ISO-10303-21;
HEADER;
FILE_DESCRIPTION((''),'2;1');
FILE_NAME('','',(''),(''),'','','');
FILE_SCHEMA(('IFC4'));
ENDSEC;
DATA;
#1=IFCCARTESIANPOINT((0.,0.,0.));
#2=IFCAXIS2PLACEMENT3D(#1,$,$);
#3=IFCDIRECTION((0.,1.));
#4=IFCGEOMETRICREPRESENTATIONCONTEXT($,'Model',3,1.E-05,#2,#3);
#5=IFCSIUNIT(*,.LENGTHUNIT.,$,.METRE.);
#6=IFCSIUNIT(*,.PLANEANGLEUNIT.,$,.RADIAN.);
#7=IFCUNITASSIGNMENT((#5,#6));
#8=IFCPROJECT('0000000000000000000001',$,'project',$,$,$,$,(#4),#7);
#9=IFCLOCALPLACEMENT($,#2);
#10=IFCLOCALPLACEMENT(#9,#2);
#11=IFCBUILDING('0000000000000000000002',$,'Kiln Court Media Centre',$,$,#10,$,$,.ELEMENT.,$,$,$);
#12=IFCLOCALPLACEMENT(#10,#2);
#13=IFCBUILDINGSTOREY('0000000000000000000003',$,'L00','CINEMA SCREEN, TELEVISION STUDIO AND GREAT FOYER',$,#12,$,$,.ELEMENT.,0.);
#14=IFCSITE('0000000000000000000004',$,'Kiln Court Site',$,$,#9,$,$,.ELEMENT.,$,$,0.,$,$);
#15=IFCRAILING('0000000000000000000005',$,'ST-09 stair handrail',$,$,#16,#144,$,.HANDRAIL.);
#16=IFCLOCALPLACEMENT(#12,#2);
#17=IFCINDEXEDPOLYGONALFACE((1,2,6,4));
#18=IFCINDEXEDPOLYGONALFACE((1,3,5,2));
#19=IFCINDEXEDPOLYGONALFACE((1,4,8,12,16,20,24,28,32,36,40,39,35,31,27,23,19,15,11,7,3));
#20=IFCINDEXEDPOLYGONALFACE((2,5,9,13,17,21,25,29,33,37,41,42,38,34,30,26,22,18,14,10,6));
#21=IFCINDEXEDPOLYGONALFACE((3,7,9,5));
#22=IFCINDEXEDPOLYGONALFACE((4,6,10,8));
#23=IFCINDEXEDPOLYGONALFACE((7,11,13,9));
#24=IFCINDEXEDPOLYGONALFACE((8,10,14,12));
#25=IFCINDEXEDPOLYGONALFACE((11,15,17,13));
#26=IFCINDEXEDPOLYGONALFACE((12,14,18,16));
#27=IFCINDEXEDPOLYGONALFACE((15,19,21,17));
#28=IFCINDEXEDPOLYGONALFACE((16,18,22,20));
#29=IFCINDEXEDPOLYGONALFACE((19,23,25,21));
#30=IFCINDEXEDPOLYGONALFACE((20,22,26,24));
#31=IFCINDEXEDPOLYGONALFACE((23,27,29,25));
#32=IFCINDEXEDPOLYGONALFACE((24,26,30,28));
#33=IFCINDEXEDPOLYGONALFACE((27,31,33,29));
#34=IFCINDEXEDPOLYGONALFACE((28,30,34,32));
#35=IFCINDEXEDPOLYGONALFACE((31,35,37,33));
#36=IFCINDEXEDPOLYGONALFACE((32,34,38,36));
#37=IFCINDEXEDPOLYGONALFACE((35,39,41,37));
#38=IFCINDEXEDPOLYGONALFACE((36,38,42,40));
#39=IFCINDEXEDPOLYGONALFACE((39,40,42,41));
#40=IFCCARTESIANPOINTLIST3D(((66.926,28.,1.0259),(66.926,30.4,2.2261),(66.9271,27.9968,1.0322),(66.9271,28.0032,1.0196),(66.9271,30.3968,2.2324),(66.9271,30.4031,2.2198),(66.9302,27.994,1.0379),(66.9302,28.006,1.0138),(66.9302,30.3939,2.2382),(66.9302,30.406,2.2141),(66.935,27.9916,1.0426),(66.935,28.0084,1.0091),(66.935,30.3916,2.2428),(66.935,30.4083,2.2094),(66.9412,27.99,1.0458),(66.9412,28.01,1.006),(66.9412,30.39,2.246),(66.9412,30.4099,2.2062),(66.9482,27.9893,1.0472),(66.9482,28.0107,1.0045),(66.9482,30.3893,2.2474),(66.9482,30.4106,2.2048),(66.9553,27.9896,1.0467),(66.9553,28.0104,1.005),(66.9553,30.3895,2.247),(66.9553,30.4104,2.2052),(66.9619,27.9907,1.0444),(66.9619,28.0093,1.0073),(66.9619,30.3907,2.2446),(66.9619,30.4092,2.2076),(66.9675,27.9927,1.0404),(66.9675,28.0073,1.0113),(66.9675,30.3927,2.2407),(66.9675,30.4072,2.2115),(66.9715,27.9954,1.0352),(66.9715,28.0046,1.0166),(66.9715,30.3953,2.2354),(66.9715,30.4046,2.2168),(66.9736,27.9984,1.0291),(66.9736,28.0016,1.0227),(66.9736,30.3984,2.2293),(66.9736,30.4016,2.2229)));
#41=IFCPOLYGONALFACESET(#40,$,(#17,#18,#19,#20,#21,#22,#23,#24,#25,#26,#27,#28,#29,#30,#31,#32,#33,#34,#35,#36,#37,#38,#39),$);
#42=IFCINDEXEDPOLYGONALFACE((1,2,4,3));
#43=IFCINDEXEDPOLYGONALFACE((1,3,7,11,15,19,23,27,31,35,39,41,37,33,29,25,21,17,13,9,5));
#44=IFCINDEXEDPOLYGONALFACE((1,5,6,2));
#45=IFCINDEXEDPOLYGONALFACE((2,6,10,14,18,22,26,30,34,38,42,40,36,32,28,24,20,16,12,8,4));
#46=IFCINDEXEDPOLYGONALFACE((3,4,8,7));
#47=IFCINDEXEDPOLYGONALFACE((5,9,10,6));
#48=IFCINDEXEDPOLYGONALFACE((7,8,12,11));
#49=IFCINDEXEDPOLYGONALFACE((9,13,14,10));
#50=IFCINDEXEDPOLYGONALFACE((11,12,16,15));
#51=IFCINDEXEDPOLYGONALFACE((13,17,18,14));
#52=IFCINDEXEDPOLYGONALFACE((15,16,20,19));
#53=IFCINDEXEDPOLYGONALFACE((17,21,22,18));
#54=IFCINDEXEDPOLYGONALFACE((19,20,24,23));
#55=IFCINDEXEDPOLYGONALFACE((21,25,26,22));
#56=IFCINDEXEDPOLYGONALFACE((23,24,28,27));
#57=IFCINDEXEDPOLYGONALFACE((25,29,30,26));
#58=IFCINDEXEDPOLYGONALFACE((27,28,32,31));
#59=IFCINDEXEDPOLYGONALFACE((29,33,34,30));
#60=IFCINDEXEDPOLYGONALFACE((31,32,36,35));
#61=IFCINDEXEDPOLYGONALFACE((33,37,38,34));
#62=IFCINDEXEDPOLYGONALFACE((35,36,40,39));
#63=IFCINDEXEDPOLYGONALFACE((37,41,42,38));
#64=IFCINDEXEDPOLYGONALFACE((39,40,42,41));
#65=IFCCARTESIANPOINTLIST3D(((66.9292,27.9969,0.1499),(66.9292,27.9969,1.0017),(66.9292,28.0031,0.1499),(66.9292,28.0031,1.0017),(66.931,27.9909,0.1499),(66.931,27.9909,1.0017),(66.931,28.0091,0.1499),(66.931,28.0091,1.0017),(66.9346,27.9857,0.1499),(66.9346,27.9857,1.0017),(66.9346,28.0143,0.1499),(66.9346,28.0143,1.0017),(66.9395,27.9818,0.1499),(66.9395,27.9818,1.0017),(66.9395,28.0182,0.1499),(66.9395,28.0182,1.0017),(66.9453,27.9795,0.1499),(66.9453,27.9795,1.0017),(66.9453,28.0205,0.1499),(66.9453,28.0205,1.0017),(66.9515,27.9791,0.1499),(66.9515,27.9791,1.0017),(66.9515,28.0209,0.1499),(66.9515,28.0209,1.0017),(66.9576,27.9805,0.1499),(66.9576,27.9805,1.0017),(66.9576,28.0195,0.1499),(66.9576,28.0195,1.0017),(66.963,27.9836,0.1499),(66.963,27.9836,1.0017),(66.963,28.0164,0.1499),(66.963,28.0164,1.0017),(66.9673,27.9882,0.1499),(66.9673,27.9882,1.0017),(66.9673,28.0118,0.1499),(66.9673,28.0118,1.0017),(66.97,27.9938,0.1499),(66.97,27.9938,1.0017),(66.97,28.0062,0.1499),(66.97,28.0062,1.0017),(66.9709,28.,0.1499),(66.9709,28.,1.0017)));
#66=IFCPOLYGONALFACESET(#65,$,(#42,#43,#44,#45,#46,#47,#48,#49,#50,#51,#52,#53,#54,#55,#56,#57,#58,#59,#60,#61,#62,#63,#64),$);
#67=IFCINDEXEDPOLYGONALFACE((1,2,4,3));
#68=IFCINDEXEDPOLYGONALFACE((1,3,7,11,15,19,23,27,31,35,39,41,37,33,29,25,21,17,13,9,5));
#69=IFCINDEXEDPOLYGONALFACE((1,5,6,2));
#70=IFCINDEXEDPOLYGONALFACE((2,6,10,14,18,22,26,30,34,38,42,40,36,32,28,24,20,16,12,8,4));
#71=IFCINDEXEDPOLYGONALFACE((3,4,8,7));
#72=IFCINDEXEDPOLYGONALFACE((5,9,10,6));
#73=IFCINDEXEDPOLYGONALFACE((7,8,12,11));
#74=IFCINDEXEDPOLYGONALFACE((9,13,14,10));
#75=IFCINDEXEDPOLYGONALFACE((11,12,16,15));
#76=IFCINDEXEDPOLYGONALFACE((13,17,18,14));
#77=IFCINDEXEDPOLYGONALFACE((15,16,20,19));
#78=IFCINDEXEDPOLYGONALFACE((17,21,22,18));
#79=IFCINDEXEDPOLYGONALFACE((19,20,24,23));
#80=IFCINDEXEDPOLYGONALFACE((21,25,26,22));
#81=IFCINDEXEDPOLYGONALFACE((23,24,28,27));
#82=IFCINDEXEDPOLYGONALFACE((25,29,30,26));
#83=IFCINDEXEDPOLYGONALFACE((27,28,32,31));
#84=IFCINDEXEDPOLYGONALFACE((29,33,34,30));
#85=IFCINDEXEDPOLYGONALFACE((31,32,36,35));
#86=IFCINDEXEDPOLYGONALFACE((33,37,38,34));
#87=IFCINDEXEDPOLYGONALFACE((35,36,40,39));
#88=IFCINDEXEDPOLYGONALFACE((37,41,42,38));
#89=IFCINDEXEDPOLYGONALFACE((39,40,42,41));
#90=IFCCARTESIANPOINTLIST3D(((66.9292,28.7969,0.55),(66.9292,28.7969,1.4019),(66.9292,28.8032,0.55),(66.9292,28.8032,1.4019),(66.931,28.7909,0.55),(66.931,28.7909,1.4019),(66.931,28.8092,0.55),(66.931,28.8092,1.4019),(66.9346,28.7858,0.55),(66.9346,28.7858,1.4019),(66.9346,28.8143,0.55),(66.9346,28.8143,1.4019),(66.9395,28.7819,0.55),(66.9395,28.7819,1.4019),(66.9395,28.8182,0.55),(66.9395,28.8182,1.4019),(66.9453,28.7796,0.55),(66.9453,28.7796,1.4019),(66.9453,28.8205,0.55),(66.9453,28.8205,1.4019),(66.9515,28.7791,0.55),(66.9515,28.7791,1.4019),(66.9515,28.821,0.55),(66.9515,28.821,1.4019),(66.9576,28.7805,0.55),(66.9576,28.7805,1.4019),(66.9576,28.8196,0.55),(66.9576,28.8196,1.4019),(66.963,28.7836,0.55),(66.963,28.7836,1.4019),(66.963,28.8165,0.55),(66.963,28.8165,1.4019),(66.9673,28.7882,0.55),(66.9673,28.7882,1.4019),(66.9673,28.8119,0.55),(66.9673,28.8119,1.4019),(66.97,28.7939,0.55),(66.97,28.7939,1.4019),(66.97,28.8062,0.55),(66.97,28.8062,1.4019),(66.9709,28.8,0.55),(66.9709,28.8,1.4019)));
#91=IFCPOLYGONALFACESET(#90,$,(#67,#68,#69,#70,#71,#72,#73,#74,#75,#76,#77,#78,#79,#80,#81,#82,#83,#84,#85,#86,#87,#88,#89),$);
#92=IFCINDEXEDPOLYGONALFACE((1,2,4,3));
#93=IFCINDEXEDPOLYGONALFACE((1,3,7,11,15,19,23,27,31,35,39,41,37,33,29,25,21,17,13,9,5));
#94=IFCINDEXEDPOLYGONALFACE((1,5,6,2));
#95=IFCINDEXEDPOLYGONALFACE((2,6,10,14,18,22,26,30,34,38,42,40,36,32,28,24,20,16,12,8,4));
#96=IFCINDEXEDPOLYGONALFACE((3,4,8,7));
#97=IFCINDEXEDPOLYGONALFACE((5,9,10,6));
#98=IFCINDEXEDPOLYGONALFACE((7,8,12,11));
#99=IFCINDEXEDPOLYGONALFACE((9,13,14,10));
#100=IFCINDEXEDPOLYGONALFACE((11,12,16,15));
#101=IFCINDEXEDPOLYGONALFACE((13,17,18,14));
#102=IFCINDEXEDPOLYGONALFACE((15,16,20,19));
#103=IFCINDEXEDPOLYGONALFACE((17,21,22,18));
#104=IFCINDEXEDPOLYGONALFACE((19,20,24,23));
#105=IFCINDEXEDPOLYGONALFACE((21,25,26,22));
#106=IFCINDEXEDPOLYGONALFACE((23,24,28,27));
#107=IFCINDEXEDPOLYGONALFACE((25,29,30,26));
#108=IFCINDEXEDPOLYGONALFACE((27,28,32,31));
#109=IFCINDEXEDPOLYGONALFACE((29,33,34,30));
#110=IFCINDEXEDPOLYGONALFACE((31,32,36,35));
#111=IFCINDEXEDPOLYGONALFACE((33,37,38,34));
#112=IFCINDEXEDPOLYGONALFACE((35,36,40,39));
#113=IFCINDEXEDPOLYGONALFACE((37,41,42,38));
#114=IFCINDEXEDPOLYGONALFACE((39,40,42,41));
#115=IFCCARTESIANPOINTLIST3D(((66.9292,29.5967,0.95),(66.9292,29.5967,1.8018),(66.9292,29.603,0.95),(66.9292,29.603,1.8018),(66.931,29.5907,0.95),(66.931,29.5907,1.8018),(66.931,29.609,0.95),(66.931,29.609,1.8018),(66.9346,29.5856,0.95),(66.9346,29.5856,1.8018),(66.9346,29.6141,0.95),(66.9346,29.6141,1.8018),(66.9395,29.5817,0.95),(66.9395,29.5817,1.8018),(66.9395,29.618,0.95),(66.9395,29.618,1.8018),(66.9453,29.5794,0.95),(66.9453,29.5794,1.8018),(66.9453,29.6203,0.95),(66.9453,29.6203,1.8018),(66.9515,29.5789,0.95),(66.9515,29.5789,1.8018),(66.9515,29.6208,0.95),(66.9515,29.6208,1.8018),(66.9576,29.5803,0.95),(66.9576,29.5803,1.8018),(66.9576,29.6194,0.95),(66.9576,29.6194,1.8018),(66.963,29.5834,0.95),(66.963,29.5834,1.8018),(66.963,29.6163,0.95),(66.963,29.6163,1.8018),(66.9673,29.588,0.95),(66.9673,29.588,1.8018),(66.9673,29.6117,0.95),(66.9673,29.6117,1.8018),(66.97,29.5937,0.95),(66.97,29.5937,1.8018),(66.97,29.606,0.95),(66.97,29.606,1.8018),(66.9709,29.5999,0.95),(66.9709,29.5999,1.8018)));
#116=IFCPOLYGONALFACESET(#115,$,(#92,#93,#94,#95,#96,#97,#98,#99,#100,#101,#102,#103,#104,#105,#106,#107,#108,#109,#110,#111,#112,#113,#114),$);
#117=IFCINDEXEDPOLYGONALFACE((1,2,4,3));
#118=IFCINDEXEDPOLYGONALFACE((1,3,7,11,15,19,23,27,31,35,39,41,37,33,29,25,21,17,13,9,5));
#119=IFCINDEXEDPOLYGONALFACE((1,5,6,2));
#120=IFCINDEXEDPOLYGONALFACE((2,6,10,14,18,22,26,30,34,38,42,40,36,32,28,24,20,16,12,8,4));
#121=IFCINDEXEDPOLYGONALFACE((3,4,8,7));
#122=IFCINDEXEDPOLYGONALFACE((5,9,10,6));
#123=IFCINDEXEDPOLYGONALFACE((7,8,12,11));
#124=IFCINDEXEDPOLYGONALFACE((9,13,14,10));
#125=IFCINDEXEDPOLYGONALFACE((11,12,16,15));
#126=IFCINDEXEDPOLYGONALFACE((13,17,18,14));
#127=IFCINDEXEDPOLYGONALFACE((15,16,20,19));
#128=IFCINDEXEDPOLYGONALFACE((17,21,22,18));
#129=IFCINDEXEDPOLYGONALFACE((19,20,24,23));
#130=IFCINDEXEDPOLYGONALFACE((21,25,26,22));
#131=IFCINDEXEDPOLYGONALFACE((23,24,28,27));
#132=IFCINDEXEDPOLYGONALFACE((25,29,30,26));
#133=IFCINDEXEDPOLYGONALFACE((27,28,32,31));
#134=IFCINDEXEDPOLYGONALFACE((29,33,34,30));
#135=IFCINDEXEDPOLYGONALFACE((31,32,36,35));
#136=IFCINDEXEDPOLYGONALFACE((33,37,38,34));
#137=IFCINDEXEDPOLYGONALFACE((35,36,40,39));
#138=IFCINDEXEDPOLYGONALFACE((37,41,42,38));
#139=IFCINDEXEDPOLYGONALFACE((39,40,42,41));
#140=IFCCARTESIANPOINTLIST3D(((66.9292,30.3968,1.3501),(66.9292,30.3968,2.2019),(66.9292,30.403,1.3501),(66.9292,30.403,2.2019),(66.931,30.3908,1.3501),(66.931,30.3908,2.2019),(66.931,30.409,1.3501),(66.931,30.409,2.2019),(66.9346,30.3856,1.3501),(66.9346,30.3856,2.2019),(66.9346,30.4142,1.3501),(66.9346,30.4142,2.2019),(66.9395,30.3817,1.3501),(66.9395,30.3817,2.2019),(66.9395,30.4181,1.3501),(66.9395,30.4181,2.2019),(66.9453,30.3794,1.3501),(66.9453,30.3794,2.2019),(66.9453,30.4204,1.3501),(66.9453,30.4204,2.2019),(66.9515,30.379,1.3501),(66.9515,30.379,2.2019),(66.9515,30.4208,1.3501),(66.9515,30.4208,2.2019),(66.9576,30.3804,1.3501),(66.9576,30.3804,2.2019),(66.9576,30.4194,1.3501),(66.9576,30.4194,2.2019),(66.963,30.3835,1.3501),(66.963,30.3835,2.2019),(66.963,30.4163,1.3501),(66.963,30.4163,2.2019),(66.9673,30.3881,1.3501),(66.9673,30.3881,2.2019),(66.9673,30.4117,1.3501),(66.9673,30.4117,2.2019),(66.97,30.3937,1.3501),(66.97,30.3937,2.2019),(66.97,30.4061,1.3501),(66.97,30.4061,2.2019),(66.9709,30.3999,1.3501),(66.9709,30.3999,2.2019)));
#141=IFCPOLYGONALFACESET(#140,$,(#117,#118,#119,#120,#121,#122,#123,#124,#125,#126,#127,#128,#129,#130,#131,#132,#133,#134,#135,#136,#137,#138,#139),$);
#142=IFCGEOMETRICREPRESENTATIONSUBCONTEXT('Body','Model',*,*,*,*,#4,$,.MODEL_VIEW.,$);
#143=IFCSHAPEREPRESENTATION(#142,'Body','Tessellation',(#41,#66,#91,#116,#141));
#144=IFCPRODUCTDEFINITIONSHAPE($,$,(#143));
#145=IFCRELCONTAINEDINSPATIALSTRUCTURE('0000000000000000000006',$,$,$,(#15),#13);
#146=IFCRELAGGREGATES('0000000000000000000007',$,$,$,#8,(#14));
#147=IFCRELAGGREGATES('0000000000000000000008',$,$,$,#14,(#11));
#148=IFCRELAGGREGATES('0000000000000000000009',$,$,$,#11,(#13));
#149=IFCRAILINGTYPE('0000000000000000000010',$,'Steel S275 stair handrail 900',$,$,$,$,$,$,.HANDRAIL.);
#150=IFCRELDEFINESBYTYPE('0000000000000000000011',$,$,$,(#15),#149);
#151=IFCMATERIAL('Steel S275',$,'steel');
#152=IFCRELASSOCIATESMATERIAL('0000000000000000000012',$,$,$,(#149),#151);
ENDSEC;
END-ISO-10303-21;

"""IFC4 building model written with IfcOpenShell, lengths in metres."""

from ifc_helpers import new_model, si_unit, direction, frame, origin, origin_2d, place, context, subcontext, project, spatial, circle, extrude, material, type_object, element, save


model = new_model("IFC4")

# Units and contexts
model_context = context("Model", 3, precision=1e-05, world=origin(), true_north=direction((0.0, 1.0)))
body_context = subcontext(model_context, "Body", "Model", "MODEL_VIEW")
ifc_project = project(units=[si_unit("LENGTHUNIT", "METRE"), si_unit("PLANEANGLEUNIT", "RADIAN")], contexts=[model_context])

# Site, building, storey
site_placement = place(None, origin())
site = spatial("IfcSite", under=ifc_project, at=site_placement, Name="Kiln Court Site", CompositionType="ELEMENT", RefElevation=0.0)
building_placement = place(site_placement, origin())
building = spatial("IfcBuilding", under=site, at=building_placement, Name="Kiln Court Media Centre", CompositionType="ELEMENT")
storey_placement = place(building_placement, origin())
storey = spatial("IfcBuildingStorey", under=building, at=storey_placement, Name="L00", Description="CINEMA SCREEN, TELEVISION STUDIO AND GREAT FOYER", CompositionType="ELEMENT", Elevation=0.0)

# Railing
ifc_material_1 = material(Name="Steel S275", Category="steel")
railing_type_1 = type_object("IfcRailingType", Name="Steel S275 stair handrail 900", PredefinedType="HANDRAIL", material=ifc_material_1)
railing_1_placement = place(storey_placement, frame((66.95, 28.0, 0.1499)))
element("IfcRailing", 1, at=railing_1_placement, inside=storey, type_object=railing_type_1, Name="ST-09 stair handrail", PredefinedType="HANDRAIL", context=body_context, shape_type="SweptSolid", body=[
    extrude(circle(Radius=0.0239, at=origin_2d()), frame((0.0, 0.0, 0.876), z_axis=(0.0, 0.894391, 0.447286), x_axis=(-1.0, 0.0, 0.0)), (0.0, 0.0, 1.0), 2.6833),
    extrude(circle(Radius=0.021, at=origin_2d()), origin(), (0.0, 0.0, 1.0), 0.8518),
    extrude(circle(Radius=0.021, at=origin_2d()), frame((0.0, 0.8, 0.4001)), (0.0, 0.0, 1.0), 0.8518),
    extrude(circle(Radius=0.021, at=origin_2d()), frame((0.0, 1.5999, 0.8)), (0.0, 0.0, 1.0), 0.8518),
    extrude(circle(Radius=0.021, at=origin_2d()), frame((0.0, 2.3999, 1.2002)), (0.0, 0.0, 1.0), 0.8518),
])

save(model, "model.ifc")
